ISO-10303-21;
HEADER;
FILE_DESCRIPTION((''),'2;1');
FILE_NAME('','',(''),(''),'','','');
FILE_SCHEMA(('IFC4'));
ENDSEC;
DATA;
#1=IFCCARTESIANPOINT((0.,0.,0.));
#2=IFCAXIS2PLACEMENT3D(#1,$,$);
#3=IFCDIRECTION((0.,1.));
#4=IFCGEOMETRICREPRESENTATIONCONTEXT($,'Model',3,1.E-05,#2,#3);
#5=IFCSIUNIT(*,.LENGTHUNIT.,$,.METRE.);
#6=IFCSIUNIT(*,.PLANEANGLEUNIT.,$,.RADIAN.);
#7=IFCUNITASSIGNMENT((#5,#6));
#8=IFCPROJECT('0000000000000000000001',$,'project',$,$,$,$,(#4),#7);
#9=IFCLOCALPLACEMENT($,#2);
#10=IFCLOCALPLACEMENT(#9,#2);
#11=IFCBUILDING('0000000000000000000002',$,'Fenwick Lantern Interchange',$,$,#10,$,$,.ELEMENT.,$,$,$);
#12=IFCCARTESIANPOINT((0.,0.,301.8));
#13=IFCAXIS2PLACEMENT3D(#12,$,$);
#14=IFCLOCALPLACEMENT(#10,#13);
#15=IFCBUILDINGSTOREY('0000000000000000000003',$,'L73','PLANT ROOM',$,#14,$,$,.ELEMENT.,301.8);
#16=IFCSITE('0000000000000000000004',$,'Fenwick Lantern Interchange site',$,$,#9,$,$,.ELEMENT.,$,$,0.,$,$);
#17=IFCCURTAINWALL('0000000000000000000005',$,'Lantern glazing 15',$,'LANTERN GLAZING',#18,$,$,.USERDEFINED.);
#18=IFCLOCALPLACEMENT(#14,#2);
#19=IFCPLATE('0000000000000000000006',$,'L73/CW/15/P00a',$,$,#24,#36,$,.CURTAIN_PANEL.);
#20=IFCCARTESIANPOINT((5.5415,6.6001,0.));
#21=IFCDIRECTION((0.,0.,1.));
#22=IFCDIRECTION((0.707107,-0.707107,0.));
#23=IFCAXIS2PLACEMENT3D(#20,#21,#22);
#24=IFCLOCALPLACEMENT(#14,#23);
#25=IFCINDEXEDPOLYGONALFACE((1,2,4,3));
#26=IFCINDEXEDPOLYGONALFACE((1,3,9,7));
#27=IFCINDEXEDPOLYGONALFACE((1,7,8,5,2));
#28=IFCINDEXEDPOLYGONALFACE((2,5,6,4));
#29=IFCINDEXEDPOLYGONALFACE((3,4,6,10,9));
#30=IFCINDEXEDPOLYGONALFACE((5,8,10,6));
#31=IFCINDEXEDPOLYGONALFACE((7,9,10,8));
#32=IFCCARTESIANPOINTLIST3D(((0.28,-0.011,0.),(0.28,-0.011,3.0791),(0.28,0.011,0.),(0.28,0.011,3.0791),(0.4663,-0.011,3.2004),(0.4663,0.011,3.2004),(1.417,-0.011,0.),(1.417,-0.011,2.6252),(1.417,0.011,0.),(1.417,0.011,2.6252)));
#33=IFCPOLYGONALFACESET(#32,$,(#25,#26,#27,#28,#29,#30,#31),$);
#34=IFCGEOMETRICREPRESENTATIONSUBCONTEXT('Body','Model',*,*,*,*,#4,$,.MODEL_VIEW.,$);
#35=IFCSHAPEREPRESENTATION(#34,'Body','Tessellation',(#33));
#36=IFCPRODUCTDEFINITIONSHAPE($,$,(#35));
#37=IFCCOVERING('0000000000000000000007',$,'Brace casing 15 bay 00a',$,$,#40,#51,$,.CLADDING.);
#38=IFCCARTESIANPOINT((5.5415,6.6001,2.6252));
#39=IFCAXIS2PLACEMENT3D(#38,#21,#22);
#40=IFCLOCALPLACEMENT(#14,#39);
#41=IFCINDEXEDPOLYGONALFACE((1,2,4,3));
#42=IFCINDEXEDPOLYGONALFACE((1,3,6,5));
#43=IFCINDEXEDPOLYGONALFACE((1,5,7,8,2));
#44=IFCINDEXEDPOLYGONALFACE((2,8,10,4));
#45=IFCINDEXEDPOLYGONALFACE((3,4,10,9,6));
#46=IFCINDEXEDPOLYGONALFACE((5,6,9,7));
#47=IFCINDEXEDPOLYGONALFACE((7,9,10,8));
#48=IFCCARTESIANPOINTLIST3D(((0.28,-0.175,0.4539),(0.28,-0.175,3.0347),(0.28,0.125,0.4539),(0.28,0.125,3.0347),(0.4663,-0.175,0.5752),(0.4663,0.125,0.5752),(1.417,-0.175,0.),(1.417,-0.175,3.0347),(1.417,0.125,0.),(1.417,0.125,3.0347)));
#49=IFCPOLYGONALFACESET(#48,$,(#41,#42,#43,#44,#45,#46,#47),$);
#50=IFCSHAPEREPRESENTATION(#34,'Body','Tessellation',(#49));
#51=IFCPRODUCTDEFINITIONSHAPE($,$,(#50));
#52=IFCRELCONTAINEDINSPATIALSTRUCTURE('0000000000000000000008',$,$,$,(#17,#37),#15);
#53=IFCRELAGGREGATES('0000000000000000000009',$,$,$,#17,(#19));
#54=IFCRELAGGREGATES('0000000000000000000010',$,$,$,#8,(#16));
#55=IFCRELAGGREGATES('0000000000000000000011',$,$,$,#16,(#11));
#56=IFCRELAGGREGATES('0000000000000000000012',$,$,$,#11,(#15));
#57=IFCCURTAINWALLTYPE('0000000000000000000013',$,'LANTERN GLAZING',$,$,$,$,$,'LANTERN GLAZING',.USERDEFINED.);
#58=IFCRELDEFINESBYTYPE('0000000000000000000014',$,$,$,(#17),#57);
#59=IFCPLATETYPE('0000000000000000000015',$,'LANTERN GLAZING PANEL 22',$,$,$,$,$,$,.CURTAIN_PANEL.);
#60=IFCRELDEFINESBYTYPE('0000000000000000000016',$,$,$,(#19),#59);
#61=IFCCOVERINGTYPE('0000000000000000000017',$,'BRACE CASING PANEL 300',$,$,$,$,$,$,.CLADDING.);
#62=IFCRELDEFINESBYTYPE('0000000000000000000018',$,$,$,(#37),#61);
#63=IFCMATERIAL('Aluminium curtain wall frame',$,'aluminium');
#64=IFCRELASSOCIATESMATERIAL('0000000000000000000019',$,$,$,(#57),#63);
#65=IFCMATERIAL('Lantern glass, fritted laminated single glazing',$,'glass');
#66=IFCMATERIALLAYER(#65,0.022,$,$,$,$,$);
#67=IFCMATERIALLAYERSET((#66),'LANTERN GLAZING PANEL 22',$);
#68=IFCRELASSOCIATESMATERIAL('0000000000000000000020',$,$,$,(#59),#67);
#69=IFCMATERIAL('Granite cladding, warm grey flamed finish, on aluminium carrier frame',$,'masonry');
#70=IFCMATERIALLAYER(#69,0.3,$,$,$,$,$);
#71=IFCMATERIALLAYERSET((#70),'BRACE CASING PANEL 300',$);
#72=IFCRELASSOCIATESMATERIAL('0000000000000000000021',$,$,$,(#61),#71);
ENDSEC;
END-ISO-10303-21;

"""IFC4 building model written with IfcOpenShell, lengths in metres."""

from ifc_helpers import new_model, si_unit, direction, frame, origin, place, context, subcontext, project, spatial, polyline, outline, extrude, material, layer, layer_set, type_object, element, aggregate, save


model = new_model("IFC4")

# Units and contexts
model_context = context("Model", 3, precision=1e-05, world=origin(), true_north=direction((0.0, 1.0)))
body_context = subcontext(model_context, "Body", "Model", "MODEL_VIEW")
ifc_project = project(units=[si_unit("LENGTHUNIT", "METRE"), si_unit("PLANEANGLEUNIT", "RADIAN")], contexts=[model_context])

# Site, building, storey
site_placement = place(None, origin())
site = spatial("IfcSite", under=ifc_project, at=site_placement, Name="Fenwick Lantern Interchange site", CompositionType="ELEMENT", RefElevation=0.0)
building_placement = place(site_placement, origin())
building = spatial("IfcBuilding", under=site, at=building_placement, Name="Fenwick Lantern Interchange", CompositionType="ELEMENT")
storey_placement = place(building_placement, frame((0.0, 0.0, 301.8)))
storey = spatial("IfcBuildingStorey", under=building, at=storey_placement, Name="L73", Description="PLANT ROOM", CompositionType="ELEMENT", Elevation=301.8)

# Shared definitions
ifc_material_1 = material(Name="Aluminium curtain wall frame", Category="aluminium")
curtain_wall_type = type_object("IfcCurtainWallType", Name="LANTERN GLAZING", ElementType="LANTERN GLAZING", PredefinedType="USERDEFINED", material=ifc_material_1)

# Shared definitions
ifc_material_2 = material(Name="Lantern glass, fritted laminated single glazing", Category="glass")
ifc_layer_1 = layer(ifc_material_2, 0.022)
ifc_layer_set_1 = layer_set([ifc_layer_1], Name="LANTERN GLAZING PANEL 22")
plate_type = type_object("IfcPlateType", Name="LANTERN GLAZING PANEL 22", PredefinedType="CURTAIN_PANEL", material=ifc_layer_set_1)

# Curtain wall, plate
curtain_wall_1_placement = place(storey_placement, origin())
curtain_wall_1 = element("IfcCurtainWall", 1, at=curtain_wall_1_placement, inside=storey, type_object=curtain_wall_type, Name="Lantern glazing 15", ObjectType="LANTERN GLAZING", PredefinedType="USERDEFINED")
plate_1_placement = place(storey_placement, frame((5.5415, 6.6001, 0.0), z_axis=(0.0, 0.0, 1.0), x_axis=(0.707107, -0.707107, 0.0)))
plate_1 = element("IfcPlate", 2, at=plate_1_placement, type_object=plate_type, Name="L73/CW/15/P00a", PredefinedType="CURTAIN_PANEL", context=body_context, shape_type="SweptSolid", body=[
    extrude(outline(polyline([(0.28, 0.0), (1.417, 0.0), (1.417, 2.6252), (0.4663, 3.2004), (0.28, 3.0791), (0.28, 0.0)])), frame((0.0, 0.011, 0.0), z_axis=(0.0, -1.0, 0.0), x_axis=(1.0, 0.0, 0.0)), (0.0, 0.0, 1.0), 0.022),
])
aggregate(curtain_wall_1, [plate_1])

# Covering
ifc_material_3 = material(Name="Granite cladding, warm grey flamed finish, on aluminium carrier frame", Category="masonry")
ifc_layer_2 = layer(ifc_material_3, 0.3)
ifc_layer_set_2 = layer_set([ifc_layer_2], Name="BRACE CASING PANEL 300")
covering_type = type_object("IfcCoveringType", Name="BRACE CASING PANEL 300", PredefinedType="CLADDING", material=ifc_layer_set_2)
covering_placement = place(storey_placement, frame((5.5415, 6.6001, 2.6252), z_axis=(0.0, 0.0, 1.0), x_axis=(0.707107, -0.707107, 0.0)))
element("IfcCovering", 3, at=covering_placement, inside=storey, type_object=covering_type, Name="Brace casing 15 bay 00a", PredefinedType="CLADDING", context=body_context, shape_type="SweptSolid", body=[
    extrude(outline(polyline([(1.417, 0.0), (1.417, 3.0347), (0.28, 3.0347), (0.28, 0.4539), (0.4663, 0.5752), (1.417, 0.0)])), frame((0.0, 0.125, 0.0), z_axis=(0.0, -1.0, 0.0), x_axis=(1.0, 0.0, 0.0)), (0.0, 0.0, 1.0), 0.3),
])

save(model, "model.ifc")
